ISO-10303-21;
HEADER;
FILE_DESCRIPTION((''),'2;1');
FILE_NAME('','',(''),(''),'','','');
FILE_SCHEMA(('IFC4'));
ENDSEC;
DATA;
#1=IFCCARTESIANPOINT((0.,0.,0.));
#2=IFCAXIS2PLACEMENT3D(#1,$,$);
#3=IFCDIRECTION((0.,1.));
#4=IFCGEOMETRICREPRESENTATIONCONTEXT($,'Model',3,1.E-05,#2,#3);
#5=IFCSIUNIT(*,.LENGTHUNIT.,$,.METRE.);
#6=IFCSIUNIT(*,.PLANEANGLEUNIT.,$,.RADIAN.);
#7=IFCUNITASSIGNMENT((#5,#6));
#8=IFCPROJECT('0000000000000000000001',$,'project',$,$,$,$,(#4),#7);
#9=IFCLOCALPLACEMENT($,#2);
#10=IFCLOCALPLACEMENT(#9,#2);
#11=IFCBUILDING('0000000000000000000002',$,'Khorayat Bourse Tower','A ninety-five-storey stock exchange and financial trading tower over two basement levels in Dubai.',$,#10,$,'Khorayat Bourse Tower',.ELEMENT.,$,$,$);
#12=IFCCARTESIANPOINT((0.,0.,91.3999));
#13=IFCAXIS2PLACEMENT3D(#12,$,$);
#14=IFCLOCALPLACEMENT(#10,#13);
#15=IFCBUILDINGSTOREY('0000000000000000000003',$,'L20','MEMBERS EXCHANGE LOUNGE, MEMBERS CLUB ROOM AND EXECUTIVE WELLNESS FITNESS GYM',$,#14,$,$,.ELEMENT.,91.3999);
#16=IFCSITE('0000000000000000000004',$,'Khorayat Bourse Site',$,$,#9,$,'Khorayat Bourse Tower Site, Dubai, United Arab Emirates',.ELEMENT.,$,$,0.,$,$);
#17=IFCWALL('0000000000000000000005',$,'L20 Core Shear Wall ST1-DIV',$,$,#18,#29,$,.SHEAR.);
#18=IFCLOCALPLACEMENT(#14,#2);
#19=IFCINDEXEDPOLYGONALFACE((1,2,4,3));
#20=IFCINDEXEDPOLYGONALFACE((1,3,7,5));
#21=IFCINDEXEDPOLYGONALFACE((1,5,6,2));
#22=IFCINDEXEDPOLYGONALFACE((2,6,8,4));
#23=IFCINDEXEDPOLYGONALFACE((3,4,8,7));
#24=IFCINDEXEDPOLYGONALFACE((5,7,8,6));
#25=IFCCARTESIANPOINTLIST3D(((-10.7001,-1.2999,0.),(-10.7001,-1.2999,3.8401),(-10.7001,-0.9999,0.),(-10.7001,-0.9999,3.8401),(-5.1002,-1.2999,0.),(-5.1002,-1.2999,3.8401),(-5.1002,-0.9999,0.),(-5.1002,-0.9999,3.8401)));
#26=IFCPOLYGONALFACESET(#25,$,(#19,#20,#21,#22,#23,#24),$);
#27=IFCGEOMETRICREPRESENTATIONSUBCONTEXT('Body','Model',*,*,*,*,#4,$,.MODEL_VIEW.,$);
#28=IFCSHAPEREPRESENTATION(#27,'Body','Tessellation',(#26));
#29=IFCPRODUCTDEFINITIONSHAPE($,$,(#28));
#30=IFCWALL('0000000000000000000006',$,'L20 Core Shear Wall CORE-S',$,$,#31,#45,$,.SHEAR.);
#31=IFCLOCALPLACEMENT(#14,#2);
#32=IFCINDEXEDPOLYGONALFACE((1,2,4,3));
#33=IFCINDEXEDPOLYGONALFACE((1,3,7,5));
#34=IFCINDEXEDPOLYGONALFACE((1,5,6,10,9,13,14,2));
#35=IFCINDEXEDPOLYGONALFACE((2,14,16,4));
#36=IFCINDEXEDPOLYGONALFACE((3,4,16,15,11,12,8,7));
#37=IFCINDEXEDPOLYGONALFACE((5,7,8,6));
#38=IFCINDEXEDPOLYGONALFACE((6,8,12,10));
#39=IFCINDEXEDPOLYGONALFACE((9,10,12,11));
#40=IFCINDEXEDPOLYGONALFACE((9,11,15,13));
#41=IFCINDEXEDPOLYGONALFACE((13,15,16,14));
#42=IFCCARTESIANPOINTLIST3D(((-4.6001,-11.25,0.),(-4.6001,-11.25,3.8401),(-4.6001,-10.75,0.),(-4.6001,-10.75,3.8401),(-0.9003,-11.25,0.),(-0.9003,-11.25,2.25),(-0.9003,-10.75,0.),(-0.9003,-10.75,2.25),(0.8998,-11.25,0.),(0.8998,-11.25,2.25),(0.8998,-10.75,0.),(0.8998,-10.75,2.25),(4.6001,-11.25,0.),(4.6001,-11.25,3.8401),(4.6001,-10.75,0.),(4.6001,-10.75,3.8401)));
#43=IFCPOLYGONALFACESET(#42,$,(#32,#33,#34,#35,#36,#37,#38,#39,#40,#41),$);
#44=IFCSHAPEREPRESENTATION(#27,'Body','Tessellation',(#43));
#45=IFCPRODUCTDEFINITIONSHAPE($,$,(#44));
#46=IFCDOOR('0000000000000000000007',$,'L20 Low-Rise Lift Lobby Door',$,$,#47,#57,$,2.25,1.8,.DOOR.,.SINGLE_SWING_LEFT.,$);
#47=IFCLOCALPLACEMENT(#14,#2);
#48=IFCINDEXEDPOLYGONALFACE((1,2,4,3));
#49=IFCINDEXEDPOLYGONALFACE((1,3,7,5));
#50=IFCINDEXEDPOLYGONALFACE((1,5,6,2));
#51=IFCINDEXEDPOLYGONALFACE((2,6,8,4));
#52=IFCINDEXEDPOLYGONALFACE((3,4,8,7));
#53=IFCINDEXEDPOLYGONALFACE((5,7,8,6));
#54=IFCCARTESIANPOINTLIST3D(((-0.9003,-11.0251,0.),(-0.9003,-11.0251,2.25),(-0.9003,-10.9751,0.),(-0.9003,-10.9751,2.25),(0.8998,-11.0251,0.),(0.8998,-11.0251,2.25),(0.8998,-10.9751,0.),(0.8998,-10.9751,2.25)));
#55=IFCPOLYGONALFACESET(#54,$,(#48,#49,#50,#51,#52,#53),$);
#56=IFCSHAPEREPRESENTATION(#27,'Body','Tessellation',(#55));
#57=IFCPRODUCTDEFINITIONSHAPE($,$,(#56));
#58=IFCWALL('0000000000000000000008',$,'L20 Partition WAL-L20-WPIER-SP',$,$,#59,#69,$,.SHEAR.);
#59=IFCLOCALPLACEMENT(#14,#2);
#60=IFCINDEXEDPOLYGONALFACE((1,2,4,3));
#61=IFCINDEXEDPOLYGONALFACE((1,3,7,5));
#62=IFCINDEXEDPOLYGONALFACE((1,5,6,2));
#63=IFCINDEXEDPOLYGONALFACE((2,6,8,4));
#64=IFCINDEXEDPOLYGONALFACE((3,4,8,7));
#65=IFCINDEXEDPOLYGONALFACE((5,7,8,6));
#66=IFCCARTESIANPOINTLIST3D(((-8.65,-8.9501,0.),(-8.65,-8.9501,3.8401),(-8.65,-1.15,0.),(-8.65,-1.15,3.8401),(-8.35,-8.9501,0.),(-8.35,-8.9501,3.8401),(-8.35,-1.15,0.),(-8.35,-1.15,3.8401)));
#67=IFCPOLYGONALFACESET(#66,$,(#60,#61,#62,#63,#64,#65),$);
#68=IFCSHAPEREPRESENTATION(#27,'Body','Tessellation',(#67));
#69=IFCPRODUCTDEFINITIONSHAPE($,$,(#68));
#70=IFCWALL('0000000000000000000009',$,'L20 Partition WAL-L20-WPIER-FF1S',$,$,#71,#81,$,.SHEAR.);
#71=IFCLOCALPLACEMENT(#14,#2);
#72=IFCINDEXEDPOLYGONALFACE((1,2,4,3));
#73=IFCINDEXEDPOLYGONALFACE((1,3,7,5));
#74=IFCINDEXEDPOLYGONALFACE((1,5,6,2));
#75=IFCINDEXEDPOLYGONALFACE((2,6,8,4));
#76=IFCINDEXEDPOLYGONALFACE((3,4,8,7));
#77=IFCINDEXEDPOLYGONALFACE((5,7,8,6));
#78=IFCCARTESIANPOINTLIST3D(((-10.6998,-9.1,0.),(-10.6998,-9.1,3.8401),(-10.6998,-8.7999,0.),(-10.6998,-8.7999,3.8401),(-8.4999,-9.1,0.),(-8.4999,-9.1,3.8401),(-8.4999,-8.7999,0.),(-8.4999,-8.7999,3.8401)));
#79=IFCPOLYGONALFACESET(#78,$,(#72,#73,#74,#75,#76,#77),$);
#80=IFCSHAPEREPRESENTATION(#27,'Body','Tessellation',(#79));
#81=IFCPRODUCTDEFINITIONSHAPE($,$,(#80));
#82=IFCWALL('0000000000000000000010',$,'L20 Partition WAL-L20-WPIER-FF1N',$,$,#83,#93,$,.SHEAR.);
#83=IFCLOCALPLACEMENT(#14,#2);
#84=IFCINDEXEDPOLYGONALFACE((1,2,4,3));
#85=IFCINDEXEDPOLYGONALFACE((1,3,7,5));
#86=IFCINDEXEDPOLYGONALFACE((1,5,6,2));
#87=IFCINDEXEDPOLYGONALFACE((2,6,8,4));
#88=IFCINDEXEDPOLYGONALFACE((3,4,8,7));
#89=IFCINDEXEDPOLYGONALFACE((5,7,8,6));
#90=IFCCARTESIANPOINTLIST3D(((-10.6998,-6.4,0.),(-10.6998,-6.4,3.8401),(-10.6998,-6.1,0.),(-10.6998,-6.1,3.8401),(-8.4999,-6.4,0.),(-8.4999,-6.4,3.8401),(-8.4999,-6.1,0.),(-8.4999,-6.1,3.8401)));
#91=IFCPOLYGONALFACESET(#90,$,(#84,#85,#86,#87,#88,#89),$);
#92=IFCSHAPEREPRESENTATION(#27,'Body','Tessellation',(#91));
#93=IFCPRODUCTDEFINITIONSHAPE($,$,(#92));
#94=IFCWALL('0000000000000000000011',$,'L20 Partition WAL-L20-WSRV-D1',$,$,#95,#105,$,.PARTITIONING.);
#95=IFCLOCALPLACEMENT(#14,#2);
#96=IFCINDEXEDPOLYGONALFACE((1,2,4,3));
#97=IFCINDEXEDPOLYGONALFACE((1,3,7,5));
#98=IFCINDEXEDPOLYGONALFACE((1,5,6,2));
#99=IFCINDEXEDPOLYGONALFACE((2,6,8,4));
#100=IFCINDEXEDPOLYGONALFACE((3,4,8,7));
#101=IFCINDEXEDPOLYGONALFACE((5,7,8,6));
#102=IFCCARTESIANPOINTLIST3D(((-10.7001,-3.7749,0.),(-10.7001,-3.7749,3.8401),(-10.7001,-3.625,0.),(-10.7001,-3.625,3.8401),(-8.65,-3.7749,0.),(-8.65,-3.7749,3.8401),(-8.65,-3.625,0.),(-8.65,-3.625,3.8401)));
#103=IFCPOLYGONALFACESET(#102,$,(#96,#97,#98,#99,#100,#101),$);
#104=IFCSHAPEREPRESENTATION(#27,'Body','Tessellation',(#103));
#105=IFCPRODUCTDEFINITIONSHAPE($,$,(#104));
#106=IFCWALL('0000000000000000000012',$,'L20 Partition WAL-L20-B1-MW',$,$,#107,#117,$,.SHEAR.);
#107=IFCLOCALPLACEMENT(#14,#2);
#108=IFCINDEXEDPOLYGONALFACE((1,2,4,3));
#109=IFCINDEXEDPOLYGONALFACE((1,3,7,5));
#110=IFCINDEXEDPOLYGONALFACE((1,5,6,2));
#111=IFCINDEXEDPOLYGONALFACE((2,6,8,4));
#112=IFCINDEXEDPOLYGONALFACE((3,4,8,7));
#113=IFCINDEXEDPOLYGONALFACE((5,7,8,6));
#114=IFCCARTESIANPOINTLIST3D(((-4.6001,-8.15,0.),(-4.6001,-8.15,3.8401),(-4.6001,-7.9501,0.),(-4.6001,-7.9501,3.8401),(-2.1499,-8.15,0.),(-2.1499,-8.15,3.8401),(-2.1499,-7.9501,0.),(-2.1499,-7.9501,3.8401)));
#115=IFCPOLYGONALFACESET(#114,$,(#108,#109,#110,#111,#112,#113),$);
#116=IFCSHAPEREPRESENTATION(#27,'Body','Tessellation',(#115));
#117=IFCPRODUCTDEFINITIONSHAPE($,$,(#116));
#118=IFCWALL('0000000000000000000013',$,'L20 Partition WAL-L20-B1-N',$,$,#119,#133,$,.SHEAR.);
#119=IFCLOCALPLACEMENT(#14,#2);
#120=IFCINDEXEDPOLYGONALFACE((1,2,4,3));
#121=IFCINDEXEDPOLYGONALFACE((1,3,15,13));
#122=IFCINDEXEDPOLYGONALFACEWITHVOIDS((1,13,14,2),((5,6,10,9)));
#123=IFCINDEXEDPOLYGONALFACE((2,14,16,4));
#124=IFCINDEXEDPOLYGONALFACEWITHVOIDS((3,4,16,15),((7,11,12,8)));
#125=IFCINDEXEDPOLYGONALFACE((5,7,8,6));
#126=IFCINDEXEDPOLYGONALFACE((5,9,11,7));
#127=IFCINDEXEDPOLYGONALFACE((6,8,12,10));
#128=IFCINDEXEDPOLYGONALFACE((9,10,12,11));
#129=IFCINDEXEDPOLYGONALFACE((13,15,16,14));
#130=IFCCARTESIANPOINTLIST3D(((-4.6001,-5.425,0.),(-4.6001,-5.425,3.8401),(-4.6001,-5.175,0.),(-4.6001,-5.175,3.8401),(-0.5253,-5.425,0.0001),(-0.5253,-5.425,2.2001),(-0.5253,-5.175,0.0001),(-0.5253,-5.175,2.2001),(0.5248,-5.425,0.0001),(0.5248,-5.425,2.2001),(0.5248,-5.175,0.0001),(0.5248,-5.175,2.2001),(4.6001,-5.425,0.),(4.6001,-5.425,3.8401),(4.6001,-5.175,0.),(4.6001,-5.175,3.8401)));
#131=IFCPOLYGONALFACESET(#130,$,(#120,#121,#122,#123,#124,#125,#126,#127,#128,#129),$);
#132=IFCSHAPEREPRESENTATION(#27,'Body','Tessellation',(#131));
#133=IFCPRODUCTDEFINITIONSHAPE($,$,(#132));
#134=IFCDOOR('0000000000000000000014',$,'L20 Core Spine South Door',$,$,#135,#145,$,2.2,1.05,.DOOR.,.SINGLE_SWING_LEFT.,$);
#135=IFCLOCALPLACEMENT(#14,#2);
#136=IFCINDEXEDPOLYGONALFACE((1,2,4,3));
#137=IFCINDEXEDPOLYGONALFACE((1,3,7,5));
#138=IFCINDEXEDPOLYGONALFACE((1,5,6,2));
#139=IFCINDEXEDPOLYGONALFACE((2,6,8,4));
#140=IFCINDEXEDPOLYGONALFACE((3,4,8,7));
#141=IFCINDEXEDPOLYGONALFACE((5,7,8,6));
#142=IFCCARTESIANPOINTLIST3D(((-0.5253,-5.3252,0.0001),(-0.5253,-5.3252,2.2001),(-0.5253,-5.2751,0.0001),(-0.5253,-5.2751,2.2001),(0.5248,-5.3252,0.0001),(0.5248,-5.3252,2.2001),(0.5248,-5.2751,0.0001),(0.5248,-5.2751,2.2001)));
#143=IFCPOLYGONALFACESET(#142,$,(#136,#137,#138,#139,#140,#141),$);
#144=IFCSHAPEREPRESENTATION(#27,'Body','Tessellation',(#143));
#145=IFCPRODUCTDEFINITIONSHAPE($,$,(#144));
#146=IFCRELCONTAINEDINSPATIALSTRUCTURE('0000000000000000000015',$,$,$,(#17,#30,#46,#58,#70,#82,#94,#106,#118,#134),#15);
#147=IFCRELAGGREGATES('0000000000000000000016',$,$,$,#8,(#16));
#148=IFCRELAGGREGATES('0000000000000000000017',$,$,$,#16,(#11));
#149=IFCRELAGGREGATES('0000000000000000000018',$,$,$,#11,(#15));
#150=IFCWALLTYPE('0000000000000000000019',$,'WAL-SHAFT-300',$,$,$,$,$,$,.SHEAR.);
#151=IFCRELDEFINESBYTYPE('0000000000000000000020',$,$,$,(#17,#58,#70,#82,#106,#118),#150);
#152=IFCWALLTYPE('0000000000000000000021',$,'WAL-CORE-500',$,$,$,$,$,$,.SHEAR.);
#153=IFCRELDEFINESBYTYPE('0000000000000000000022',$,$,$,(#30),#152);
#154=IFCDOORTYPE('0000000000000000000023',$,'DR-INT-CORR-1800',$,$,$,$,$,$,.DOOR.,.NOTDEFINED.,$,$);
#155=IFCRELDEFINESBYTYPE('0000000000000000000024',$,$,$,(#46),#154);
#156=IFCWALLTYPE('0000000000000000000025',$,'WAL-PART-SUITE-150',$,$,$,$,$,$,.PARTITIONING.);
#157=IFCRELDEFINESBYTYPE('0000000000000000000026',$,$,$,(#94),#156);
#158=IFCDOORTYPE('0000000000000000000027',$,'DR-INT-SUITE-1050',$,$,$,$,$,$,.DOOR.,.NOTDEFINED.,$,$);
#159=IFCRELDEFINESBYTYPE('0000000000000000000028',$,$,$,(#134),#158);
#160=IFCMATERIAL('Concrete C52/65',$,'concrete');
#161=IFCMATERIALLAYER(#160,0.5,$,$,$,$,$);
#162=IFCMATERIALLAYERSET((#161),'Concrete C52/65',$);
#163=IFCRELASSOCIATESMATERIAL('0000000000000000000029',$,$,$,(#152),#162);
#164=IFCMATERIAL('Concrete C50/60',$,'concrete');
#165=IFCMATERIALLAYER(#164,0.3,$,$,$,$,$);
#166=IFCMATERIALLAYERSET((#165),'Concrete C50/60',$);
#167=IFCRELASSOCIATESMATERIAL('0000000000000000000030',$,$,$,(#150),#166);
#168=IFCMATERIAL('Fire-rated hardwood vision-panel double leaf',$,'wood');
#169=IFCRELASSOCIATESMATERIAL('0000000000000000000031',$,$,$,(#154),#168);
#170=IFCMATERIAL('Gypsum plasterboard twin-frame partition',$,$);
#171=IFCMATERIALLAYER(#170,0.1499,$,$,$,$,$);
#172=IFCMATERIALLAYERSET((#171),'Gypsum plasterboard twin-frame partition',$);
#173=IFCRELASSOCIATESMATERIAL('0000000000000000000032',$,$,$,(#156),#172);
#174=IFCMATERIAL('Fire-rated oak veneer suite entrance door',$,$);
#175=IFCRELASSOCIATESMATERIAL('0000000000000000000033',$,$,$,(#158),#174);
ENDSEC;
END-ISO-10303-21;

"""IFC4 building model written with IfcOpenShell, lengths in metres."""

from ifc_helpers import new_model, si_unit, direction, frame, frame_2d, origin, place, context, subcontext, project, spatial, rectangle, extrude, source, transform, mapped, material, layer, layer_set, type_object, element, fill, save


model = new_model("IFC4")

# Units and contexts
model_context = context("Model", 3, precision=1e-05, world=origin(), true_north=direction((0.0, 1.0)))
body_context = subcontext(model_context, "Body", "Model", "MODEL_VIEW")
ifc_project = project(units=[si_unit("LENGTHUNIT", "METRE"), si_unit("PLANEANGLEUNIT", "RADIAN")], contexts=[model_context])

# Site, building, storey
site_placement = place(None, origin())
site = spatial("IfcSite", under=ifc_project, at=site_placement, Name="Khorayat Bourse Site", LongName="Khorayat Bourse Tower Site, Dubai, United Arab Emirates", CompositionType="ELEMENT", RefElevation=0.0)
building_placement = place(site_placement, origin())
building = spatial("IfcBuilding", under=site, at=building_placement, Name="Khorayat Bourse Tower", Description="A ninety-five-storey stock exchange and financial trading tower over two basement levels in Dubai.", LongName="Khorayat Bourse Tower", CompositionType="ELEMENT")
storey_placement = place(building_placement, frame((0.0, 0.0, 91.3999)))
storey = spatial("IfcBuildingStorey", under=building, at=storey_placement, Name="L20", Description="MEMBERS EXCHANGE LOUNGE, MEMBERS CLUB ROOM AND EXECUTIVE WELLNESS FITNESS GYM", CompositionType="ELEMENT", Elevation=91.3999)

# Wall
ifc_material_1 = material(Name="Concrete C52/65", Category="concrete")
ifc_layer_1 = layer(ifc_material_1, 0.5)
ifc_layer_set_1 = layer_set([ifc_layer_1], Name="Concrete C52/65")
wall_type_1 = type_object("IfcWallType", Name="WAL-CORE-500", PredefinedType="SHEAR", material=ifc_layer_set_1)
ifc_material_2 = material(Name="Concrete C50/60", Category="concrete")
ifc_layer_2 = layer(ifc_material_2, 0.3)
ifc_layer_set_2 = layer_set([ifc_layer_2], Name="Concrete C50/60")
wall_type_2 = type_object("IfcWallType", Name="WAL-SHAFT-300", PredefinedType="SHEAR", material=ifc_layer_set_2)
shared_shape_1 = source(origin(), body_context, "Body", "SweptSolid", [
    extrude(rectangle(XDim=5.5999, YDim=0.3, at=frame_2d((2.7998, 0.0))), origin(), (0.0, 0.0, 1.0), 3.8401),
])
wall_1_placement = place(storey_placement, frame((-10.7, -1.1499, 0.0), z_axis=(0.0, 0.0, 1.0), x_axis=(1.0, 0.0, 0.0)))
element("IfcWall", 1, at=wall_1_placement, inside=storey, type_object=wall_type_2, Name="L20 Core Shear Wall ST1-DIV", PredefinedType="SHEAR", context=body_context, shape_type="MappedRepresentation", body=[
    mapped(shared_shape_1, transform((0.0, 0.0, 0.0), scale=1.0)),
])

# Wall, opening, door
shared_shape_2 = source(origin(), body_context, "Body", "SweptSolid", [
    extrude(rectangle(XDim=9.2002, YDim=0.5, at=frame_2d((4.6001, 0.0))), origin(), (0.0, 0.0, 1.0), 3.8401),
])
wall_2_placement = place(storey_placement, frame((-4.6001, -11.0, 0.0), z_axis=(0.0, 0.0, 1.0), x_axis=(1.0, 0.0, 0.0)))
wall_2 = element("IfcWall", 2, at=wall_2_placement, inside=storey, type_object=wall_type_1, Name="L20 Core Shear Wall CORE-S", PredefinedType="SHEAR", context=body_context, shape_type="MappedRepresentation", body=[
    mapped(shared_shape_2, transform((0.0, 0.0, 0.0), scale=1.0)),
])
shared_shape_3 = source(origin(), body_context, "Body", "SweptSolid", [
    extrude(rectangle(XDim=1.8, YDim=2.25, at=frame_2d((0.8999, 1.125))), frame((0.0, 0.26, 0.0), z_axis=(0.0, -1.0, 0.0), x_axis=(1.0, 0.0, 0.0)), (0.0, 0.0, 1.0), 0.52),
])
opening_1_placement = place(wall_2_placement, frame((3.7, 0.0, 0.0)))
opening_1 = element("IfcOpeningElement", 3, at=opening_1_placement, cuts=wall_2, PredefinedType="OPENING", context=body_context, shape_type="MappedRepresentation", body=[
    mapped(shared_shape_3, transform((0.0, 0.0, 0.0), scale=1.0)),
])
ifc_material_3 = material(Name="Fire-rated hardwood vision-panel double leaf", Category="wood")
door_type_1 = type_object("IfcDoorType", Name="DR-INT-CORR-1800", OperationType="NOTDEFINED", PredefinedType="DOOR", material=ifc_material_3)
shared_shape_4 = source(origin(), body_context, "Body", "SweptSolid", [
    extrude(rectangle(XDim=1.8, YDim=2.25, at=frame_2d((0.8999, 1.125))), frame((0.0, 0.0249, 0.0), z_axis=(0.0, -1.0, 0.0), x_axis=(1.0, 0.0, 0.0)), (0.0, 0.0, 1.0), 0.05),
])
door_1_placement = place(opening_1_placement, origin())
door_1 = element("IfcDoor", 4, at=door_1_placement, inside=storey, type_object=door_type_1, Name="L20 Low-Rise Lift Lobby Door", OperationType="SINGLE_SWING_LEFT", OverallHeight=2.25, OverallWidth=1.8, PredefinedType="DOOR", context=body_context, shape_type="MappedRepresentation", body=[
    mapped(shared_shape_4, transform((0.0, 0.0, 0.0), scale=1.0)),
])
fill(opening_1, door_1)

# Walls
shared_shape_5 = source(origin(), body_context, "Body", "SweptSolid", [
    extrude(rectangle(XDim=7.8, YDim=0.3, at=frame_2d((3.8999, 0.0))), origin(), (0.0, 0.0, 1.0), 3.8401),
])
wall_3_placement = place(storey_placement, frame((-8.5, -8.95, 0.0), z_axis=(0.0, 0.0, 1.0), x_axis=(0.0, 1.0, 0.0)))
element("IfcWall", 5, at=wall_3_placement, inside=storey, type_object=wall_type_2, Name="L20 Partition WAL-L20-WPIER-SP", PredefinedType="SHEAR", context=body_context, shape_type="MappedRepresentation", body=[
    mapped(shared_shape_5, transform((0.0, 0.0, 0.0), scale=1.0)),
])
shared_shape_6 = source(origin(), body_context, "Body", "SweptSolid", [
    extrude(rectangle(XDim=2.2, YDim=0.3, at=frame_2d((1.1001, 0.0))), origin(), (0.0, 0.0, 1.0), 3.8401),
])
for number, where, z_axis, x_axis, name in (
    (6, (-10.7, -8.95, 0.0), (0.0, 0.0, 1.0), (1.0, 0.0, 0.0), "L20 Partition WAL-L20-WPIER-FF1S"),
    (7, (-10.7, -6.25, 0.0), (0.0, 0.0, 1.0), (1.0, 0.0, 0.0), "L20 Partition WAL-L20-WPIER-FF1N"),
):
    element("IfcWall", number, at=place(storey_placement, frame(where, z_axis=z_axis, x_axis=x_axis)), inside=storey, type_object=wall_type_2, Name=name, PredefinedType="SHEAR", context=body_context, shape_type="MappedRepresentation", body=[
        mapped(shared_shape_6, transform((0.0, 0.0, 0.0), scale=1.0)),
    ])
ifc_material_4 = material(Name="Gypsum plasterboard twin-frame partition")
ifc_layer_3 = layer(ifc_material_4, 0.1499)
ifc_layer_set_3 = layer_set([ifc_layer_3], Name="Gypsum plasterboard twin-frame partition")
wall_type_3 = type_object("IfcWallType", Name="WAL-PART-SUITE-150", PredefinedType="PARTITIONING", material=ifc_layer_set_3)
shared_shape_7 = source(origin(), body_context, "Body", "SweptSolid", [
    extrude(rectangle(XDim=2.05, YDim=0.1499, at=frame_2d((1.0249, 0.0))), origin(), (0.0, 0.0, 1.0), 3.8401),
])
wall_4_placement = place(storey_placement, frame((-10.7, -3.7, 0.0), z_axis=(0.0, 0.0, 1.0), x_axis=(1.0, 0.0, 0.0)))
element("IfcWall", 8, at=wall_4_placement, inside=storey, type_object=wall_type_3, Name="L20 Partition WAL-L20-WSRV-D1", PredefinedType="PARTITIONING", context=body_context, shape_type="MappedRepresentation", body=[
    mapped(shared_shape_7, transform((0.0, 0.0, 0.0), scale=1.0)),
])
shared_shape_8 = source(origin(), body_context, "Body", "SweptSolid", [
    extrude(rectangle(XDim=2.4502, YDim=0.2, at=frame_2d((1.2251, 0.0))), origin(), (0.0, 0.0, 1.0), 3.8401),
])
wall_5_placement = place(storey_placement, frame((-4.6001, -8.05, 0.0), z_axis=(0.0, 0.0, 1.0), x_axis=(1.0, 0.0, 0.0)))
element("IfcWall", 9, at=wall_5_placement, inside=storey, type_object=wall_type_2, Name="L20 Partition WAL-L20-B1-MW", PredefinedType="SHEAR", context=body_context, shape_type="MappedRepresentation", body=[
    mapped(shared_shape_8, transform((0.0, 0.0, 0.0), scale=1.0)),
])

# Wall, opening, door
shared_shape_9 = source(origin(), body_context, "Body", "SweptSolid", [
    extrude(rectangle(XDim=9.2002, YDim=0.25, at=frame_2d((4.6001, 0.0))), origin(), (0.0, 0.0, 1.0), 3.8401),
])
wall_6_placement = place(storey_placement, frame((-4.6001, -5.3, 0.0), z_axis=(0.0, 0.0, 1.0), x_axis=(1.0, 0.0, 0.0)))
wall_6 = element("IfcWall", 10, at=wall_6_placement, inside=storey, type_object=wall_type_2, Name="L20 Partition WAL-L20-B1-N", PredefinedType="SHEAR", context=body_context, shape_type="MappedRepresentation", body=[
    mapped(shared_shape_9, transform((0.0, 0.0, 0.0), scale=1.0)),
])
shared_shape_10 = source(origin(), body_context, "Body", "SweptSolid", [
    extrude(rectangle(XDim=1.05, YDim=2.2, at=frame_2d((0.5249, 1.1001))), frame((0.0, 0.135, 0.0), z_axis=(0.0, -1.0, 0.0), x_axis=(1.0, 0.0, 0.0)), (0.0, 0.0, 1.0), 0.27),
])
opening_2_placement = place(wall_6_placement, frame((4.075, 0.0, 0.0)))
opening_2 = element("IfcOpeningElement", 11, at=opening_2_placement, cuts=wall_6, PredefinedType="OPENING", context=body_context, shape_type="MappedRepresentation", body=[
    mapped(shared_shape_10, transform((0.0, 0.0, 0.0), scale=1.0)),
])
ifc_material_5 = material(Name="Fire-rated oak veneer suite entrance door")
door_type_2 = type_object("IfcDoorType", Name="DR-INT-SUITE-1050", OperationType="NOTDEFINED", PredefinedType="DOOR", material=ifc_material_5)
shared_shape_11 = source(origin(), body_context, "Body", "SweptSolid", [
    extrude(rectangle(XDim=1.05, YDim=2.2, at=frame_2d((0.5249, 1.1001))), frame((0.0, 0.0249, 0.0), z_axis=(0.0, -1.0, 0.0), x_axis=(1.0, 0.0, 0.0)), (0.0, 0.0, 1.0), 0.05),
])
door_2_placement = place(opening_2_placement, origin())
door_2 = element("IfcDoor", 12, at=door_2_placement, inside=storey, type_object=door_type_2, Name="L20 Core Spine South Door", OperationType="SINGLE_SWING_LEFT", OverallHeight=2.2, OverallWidth=1.05, PredefinedType="DOOR", context=body_context, shape_type="MappedRepresentation", body=[
    mapped(shared_shape_11, transform((0.0, 0.0, 0.0), scale=1.0)),
])
fill(opening_2, door_2)

save(model, "model.ifc")
